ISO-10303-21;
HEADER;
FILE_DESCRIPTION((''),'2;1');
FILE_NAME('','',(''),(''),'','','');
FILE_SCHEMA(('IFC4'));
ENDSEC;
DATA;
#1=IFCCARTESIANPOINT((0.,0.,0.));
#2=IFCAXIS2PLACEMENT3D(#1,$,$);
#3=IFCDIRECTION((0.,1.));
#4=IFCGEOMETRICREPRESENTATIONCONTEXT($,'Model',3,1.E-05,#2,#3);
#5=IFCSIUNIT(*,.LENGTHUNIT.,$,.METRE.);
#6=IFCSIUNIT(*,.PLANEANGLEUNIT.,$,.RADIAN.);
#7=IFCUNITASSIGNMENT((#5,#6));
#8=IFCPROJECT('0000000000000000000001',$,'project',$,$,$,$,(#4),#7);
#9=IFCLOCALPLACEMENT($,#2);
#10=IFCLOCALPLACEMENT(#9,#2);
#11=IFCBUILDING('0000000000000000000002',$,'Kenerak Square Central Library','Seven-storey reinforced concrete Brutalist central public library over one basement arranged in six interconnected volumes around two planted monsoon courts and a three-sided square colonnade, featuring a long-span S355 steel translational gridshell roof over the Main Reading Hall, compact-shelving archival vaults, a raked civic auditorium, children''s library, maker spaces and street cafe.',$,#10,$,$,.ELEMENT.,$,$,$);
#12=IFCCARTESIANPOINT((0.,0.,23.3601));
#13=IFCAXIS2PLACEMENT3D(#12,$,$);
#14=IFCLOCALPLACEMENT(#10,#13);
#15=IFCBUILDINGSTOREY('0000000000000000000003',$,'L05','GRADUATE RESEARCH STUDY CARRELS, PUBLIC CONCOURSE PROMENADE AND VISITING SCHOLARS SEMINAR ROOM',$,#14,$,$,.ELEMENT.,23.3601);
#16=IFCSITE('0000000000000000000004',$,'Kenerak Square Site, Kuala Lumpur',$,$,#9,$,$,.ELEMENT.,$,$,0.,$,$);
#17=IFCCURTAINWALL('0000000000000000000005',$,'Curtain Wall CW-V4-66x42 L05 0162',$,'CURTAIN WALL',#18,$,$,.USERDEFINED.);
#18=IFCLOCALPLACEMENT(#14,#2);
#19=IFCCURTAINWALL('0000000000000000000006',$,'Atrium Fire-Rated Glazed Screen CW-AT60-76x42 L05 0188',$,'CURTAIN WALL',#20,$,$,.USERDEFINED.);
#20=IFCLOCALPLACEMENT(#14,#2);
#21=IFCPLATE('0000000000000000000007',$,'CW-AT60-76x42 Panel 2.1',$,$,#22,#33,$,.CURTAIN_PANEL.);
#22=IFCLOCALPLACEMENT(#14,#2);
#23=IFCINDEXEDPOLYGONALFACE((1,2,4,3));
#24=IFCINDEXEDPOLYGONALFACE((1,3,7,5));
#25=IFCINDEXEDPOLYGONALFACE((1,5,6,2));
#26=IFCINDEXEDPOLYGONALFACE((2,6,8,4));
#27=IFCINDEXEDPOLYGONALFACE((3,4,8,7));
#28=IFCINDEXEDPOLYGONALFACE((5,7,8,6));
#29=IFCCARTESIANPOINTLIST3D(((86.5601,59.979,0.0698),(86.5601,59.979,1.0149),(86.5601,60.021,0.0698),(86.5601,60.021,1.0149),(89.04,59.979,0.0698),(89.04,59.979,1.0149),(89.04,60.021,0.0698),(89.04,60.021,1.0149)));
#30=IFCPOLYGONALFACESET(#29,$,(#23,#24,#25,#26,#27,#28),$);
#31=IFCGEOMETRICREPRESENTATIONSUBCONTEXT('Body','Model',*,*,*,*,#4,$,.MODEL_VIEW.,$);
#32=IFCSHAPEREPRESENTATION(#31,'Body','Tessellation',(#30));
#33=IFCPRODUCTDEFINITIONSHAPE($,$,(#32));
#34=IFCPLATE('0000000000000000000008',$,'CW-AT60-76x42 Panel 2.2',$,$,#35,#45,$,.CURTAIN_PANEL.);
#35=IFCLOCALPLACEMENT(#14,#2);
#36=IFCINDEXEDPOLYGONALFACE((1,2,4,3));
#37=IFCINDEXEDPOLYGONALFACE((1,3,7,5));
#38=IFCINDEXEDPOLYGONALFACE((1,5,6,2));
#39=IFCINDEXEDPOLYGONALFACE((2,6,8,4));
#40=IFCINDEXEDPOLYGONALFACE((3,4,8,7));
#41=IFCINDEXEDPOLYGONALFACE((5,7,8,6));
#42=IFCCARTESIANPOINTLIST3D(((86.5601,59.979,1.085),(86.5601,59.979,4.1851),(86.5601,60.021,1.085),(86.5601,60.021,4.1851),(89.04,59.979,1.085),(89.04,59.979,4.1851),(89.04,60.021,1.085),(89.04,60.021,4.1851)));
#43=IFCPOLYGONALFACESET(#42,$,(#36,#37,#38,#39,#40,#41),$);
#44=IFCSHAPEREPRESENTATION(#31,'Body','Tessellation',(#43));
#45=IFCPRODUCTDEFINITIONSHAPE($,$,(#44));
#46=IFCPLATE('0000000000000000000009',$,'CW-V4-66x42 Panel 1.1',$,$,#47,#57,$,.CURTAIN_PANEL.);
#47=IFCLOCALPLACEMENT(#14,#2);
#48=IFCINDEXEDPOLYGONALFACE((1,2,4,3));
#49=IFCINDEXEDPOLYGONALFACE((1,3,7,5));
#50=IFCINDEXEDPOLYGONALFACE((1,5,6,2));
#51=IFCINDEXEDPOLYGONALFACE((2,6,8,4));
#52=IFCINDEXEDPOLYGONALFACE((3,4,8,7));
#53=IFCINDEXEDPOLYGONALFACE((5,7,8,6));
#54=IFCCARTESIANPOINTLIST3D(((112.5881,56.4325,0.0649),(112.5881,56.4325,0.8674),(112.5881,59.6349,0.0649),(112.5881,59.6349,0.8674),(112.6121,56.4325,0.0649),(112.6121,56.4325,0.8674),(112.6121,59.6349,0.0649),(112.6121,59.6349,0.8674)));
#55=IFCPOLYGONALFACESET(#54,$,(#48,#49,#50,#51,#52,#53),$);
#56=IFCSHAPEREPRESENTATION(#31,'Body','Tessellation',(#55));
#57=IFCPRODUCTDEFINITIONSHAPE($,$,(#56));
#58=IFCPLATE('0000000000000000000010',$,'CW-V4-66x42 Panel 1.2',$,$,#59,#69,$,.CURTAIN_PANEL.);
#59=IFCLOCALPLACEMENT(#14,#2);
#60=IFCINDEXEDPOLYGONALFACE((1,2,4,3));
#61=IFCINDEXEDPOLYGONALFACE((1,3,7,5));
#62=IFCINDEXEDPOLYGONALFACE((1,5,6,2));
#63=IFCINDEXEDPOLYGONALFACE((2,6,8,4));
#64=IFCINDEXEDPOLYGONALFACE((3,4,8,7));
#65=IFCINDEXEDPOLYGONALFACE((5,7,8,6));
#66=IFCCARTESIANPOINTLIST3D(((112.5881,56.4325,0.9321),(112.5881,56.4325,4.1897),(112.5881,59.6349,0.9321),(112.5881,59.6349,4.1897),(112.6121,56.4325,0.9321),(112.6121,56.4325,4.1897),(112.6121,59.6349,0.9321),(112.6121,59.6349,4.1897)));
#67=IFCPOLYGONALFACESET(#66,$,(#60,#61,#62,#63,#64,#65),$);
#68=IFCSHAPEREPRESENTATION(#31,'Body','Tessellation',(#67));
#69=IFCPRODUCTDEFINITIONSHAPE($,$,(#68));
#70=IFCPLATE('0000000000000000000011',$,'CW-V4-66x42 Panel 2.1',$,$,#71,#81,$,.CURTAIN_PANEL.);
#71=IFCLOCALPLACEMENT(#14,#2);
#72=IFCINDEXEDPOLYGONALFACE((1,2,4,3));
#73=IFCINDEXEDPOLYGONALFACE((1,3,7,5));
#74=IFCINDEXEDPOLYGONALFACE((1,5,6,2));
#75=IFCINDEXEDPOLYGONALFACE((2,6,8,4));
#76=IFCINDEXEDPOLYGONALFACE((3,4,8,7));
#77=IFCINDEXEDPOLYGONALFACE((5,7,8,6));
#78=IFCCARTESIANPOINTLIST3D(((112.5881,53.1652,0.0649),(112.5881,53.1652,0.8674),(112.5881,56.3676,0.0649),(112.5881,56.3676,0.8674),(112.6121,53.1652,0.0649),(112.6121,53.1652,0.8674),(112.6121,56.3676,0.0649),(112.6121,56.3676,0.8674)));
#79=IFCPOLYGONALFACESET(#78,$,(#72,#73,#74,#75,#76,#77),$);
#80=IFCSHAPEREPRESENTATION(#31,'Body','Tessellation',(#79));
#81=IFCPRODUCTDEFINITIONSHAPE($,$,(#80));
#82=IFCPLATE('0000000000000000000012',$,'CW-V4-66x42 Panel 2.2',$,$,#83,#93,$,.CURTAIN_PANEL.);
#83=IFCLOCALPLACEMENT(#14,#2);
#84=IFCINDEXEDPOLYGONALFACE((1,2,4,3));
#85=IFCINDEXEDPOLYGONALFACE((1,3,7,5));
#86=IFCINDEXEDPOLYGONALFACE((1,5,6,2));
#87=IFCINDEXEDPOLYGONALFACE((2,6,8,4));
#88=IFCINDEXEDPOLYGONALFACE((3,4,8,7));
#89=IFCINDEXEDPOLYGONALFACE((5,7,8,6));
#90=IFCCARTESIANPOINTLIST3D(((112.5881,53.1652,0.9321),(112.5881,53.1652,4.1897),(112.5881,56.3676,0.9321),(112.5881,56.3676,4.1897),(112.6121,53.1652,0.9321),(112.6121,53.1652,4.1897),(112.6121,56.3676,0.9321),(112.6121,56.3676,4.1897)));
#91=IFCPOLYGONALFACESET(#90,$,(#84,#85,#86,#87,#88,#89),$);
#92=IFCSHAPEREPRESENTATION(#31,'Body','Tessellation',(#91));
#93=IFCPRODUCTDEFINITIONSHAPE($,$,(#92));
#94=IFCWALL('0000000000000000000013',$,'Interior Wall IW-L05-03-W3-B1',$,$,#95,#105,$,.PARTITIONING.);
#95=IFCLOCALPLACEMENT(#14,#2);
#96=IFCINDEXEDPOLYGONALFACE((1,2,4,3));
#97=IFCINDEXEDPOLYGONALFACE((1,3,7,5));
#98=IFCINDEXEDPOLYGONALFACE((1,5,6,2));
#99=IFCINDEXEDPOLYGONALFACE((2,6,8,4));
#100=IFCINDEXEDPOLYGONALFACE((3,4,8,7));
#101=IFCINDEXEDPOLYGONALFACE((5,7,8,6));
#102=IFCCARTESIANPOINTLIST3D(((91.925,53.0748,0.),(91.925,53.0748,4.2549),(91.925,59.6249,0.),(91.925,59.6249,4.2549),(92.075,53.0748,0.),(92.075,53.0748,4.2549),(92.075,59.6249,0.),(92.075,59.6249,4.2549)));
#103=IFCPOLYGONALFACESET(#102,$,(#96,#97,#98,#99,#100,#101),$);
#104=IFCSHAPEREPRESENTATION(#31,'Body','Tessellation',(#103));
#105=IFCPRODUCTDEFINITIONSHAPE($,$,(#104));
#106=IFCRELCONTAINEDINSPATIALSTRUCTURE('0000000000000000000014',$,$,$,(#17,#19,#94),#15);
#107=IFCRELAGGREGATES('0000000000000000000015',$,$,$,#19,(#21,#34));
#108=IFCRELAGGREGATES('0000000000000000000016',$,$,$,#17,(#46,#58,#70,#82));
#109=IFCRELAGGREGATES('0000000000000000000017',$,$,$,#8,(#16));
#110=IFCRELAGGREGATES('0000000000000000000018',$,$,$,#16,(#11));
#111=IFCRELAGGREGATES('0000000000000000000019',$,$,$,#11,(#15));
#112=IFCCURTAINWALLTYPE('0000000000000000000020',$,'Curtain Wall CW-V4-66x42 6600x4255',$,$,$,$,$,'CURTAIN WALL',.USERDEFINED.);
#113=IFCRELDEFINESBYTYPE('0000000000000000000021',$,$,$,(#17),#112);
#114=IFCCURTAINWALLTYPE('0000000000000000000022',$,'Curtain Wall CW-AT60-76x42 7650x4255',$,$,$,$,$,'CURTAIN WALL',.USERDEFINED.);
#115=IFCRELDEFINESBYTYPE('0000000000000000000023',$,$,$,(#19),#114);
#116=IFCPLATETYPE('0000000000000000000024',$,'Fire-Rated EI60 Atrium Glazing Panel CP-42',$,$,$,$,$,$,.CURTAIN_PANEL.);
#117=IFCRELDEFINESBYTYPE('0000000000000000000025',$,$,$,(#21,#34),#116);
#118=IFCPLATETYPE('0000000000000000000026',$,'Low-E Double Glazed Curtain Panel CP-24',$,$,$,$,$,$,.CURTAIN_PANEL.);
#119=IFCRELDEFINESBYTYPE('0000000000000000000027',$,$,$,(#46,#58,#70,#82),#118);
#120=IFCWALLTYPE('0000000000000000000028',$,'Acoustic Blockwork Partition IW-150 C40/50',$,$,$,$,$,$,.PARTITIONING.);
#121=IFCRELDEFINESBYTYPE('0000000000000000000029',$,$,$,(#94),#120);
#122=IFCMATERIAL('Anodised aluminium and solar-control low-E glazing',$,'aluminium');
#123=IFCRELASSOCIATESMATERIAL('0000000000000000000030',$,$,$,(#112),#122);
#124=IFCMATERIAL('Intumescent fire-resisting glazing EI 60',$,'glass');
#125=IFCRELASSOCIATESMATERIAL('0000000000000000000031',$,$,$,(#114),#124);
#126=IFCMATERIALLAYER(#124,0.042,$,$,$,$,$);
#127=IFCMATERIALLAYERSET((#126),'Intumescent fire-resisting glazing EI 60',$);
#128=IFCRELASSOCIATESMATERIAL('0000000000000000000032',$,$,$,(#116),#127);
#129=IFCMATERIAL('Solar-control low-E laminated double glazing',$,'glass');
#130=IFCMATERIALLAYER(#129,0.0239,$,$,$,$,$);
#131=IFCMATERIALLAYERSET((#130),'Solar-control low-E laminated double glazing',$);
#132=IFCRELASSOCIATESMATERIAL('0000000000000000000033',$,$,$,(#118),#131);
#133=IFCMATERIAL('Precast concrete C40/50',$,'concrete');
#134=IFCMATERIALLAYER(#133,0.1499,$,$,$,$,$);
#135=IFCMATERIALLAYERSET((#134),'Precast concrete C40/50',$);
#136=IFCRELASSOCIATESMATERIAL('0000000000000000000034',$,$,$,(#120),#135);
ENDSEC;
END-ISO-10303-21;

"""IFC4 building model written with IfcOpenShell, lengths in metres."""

from ifc_helpers import new_model, si_unit, direction, frame, frame_2d, origin, origin_2d, place, context, subcontext, project, spatial, rectangle, extrude, material, layer, layer_set, type_object, element, aggregate, save


model = new_model("IFC4")

# Units and contexts
model_context = context("Model", 3, precision=1e-05, world=origin(), true_north=direction((0.0, 1.0)))
body_context = subcontext(model_context, "Body", "Model", "MODEL_VIEW")
ifc_project = project(units=[si_unit("LENGTHUNIT", "METRE"), si_unit("PLANEANGLEUNIT", "RADIAN")], contexts=[model_context])

# Site, building, storey
site_placement = place(None, origin())
site = spatial("IfcSite", under=ifc_project, at=site_placement, Name="Kenerak Square Site, Kuala Lumpur", CompositionType="ELEMENT", RefElevation=0.0)
building_placement = place(site_placement, origin())
building = spatial("IfcBuilding", under=site, at=building_placement, Name="Kenerak Square Central Library", Description="Seven-storey reinforced concrete Brutalist central public library over one basement arranged in six interconnected volumes around two planted monsoon courts and a three-sided square colonnade, featuring a long-span S355 steel translational gridshell roof over the Main Reading Hall, compact-shelving archival vaults, a raked civic auditorium, children's library, maker spaces and street cafe.", CompositionType="ELEMENT")
storey_placement = place(building_placement, frame((0.0, 0.0, 23.3601)))
storey = spatial("IfcBuildingStorey", under=building, at=storey_placement, Name="L05", Description="GRADUATE RESEARCH STUDY CARRELS, PUBLIC CONCOURSE PROMENADE AND VISITING SCHOLARS SEMINAR ROOM", CompositionType="ELEMENT", Elevation=23.3601)

# Curtain wall
ifc_material_1 = material(Name="Anodised aluminium and solar-control low-E glazing", Category="aluminium")
curtain_wall_type_1 = type_object("IfcCurtainWallType", Name="Curtain Wall CW-V4-66x42 6600x4255", ElementType="CURTAIN WALL", PredefinedType="USERDEFINED", material=ifc_material_1)
curtain_wall_1_placement = place(storey_placement, origin())
curtain_wall_1 = element("IfcCurtainWall", 1, at=curtain_wall_1_placement, inside=storey, type_object=curtain_wall_type_1, Name="Curtain Wall CW-V4-66x42 L05 0162", ObjectType="CURTAIN WALL", PredefinedType="USERDEFINED")

# Curtain wall, plates
ifc_material_2 = material(Name="Intumescent fire-resisting glazing EI 60", Category="glass")
curtain_wall_type_2 = type_object("IfcCurtainWallType", Name="Curtain Wall CW-AT60-76x42 7650x4255", ElementType="CURTAIN WALL", PredefinedType="USERDEFINED", material=ifc_material_2)
curtain_wall_2_placement = place(storey_placement, origin())
curtain_wall_2 = element("IfcCurtainWall", 2, at=curtain_wall_2_placement, inside=storey, type_object=curtain_wall_type_2, Name="Atrium Fire-Rated Glazed Screen CW-AT60-76x42 L05 0188", ObjectType="CURTAIN WALL", PredefinedType="USERDEFINED")
ifc_layer_1 = layer(ifc_material_2, 0.042)
ifc_layer_set_1 = layer_set([ifc_layer_1], Name="Intumescent fire-resisting glazing EI 60")
plate_type_1 = type_object("IfcPlateType", Name="Fire-Rated EI60 Atrium Glazing Panel CP-42", PredefinedType="CURTAIN_PANEL", material=ifc_layer_set_1)
plate_1_placement = place(storey_placement, frame((87.8, 60.0, 0.0698), z_axis=(0.0, 0.0, 1.0), x_axis=(1.0, 0.0, 0.0)))
plate_1 = element("IfcPlate", 3, at=plate_1_placement, type_object=plate_type_1, Name="CW-AT60-76x42 Panel 2.1", PredefinedType="CURTAIN_PANEL", context=body_context, shape_type="SweptSolid", body=[
    extrude(rectangle(XDim=2.48, YDim=0.042, at=origin_2d()), origin(), (0.0, 0.0, 1.0), 0.9451),
])
plate_2_placement = place(storey_placement, frame((87.8, 60.0, 1.085), z_axis=(0.0, 0.0, 1.0), x_axis=(1.0, 0.0, 0.0)))
plate_2 = element("IfcPlate", 4, at=plate_2_placement, type_object=plate_type_1, Name="CW-AT60-76x42 Panel 2.2", PredefinedType="CURTAIN_PANEL", context=body_context, shape_type="SweptSolid", body=[
    extrude(rectangle(XDim=2.48, YDim=0.042, at=origin_2d()), origin(), (0.0, 0.0, 1.0), 3.1001),
])
aggregate(curtain_wall_2, [plate_1, plate_2])

# Plates
ifc_material_3 = material(Name="Solar-control low-E laminated double glazing", Category="glass")
ifc_layer_2 = layer(ifc_material_3, 0.0239)
ifc_layer_set_2 = layer_set([ifc_layer_2], Name="Solar-control low-E laminated double glazing")
plate_type_2 = type_object("IfcPlateType", Name="Low-E Double Glazed Curtain Panel CP-24", PredefinedType="CURTAIN_PANEL", material=ifc_layer_set_2)
plate_3_placement = place(storey_placement, frame((112.6001, 58.0337, 0.0649), z_axis=(0.0, 0.0, 1.0), x_axis=(0.0, -1.0, 0.0)))
plate_3 = element("IfcPlate", 5, at=plate_3_placement, type_object=plate_type_2, Name="CW-V4-66x42 Panel 1.1", PredefinedType="CURTAIN_PANEL", context=body_context, shape_type="SweptSolid", body=[
    extrude(rectangle(XDim=3.2024, YDim=0.0239, at=origin_2d()), origin(), (0.0, 0.0, 1.0), 0.8025),
])
plate_4_placement = place(storey_placement, frame((112.6001, 58.0337, 0.9321), z_axis=(0.0, 0.0, 1.0), x_axis=(0.0, -1.0, 0.0)))
plate_4 = element("IfcPlate", 6, at=plate_4_placement, type_object=plate_type_2, Name="CW-V4-66x42 Panel 1.2", PredefinedType="CURTAIN_PANEL", context=body_context, shape_type="SweptSolid", body=[
    extrude(rectangle(XDim=3.2024, YDim=0.0239, at=origin_2d()), origin(), (0.0, 0.0, 1.0), 3.2576),
])
plate_5_placement = place(storey_placement, frame((112.6001, 54.7664, 0.0649), z_axis=(0.0, 0.0, 1.0), x_axis=(0.0, -1.0, 0.0)))
plate_5 = element("IfcPlate", 7, at=plate_5_placement, type_object=plate_type_2, Name="CW-V4-66x42 Panel 2.1", PredefinedType="CURTAIN_PANEL", context=body_context, shape_type="SweptSolid", body=[
    extrude(rectangle(XDim=3.2024, YDim=0.0239, at=origin_2d()), origin(), (0.0, 0.0, 1.0), 0.8025),
])
plate_6_placement = place(storey_placement, frame((112.6001, 54.7664, 0.9321), z_axis=(0.0, 0.0, 1.0), x_axis=(0.0, -1.0, 0.0)))
plate_6 = element("IfcPlate", 8, at=plate_6_placement, type_object=plate_type_2, Name="CW-V4-66x42 Panel 2.2", PredefinedType="CURTAIN_PANEL", context=body_context, shape_type="SweptSolid", body=[
    extrude(rectangle(XDim=3.2024, YDim=0.0239, at=origin_2d()), origin(), (0.0, 0.0, 1.0), 3.2576),
])
aggregate(curtain_wall_1, [plate_3, plate_4, plate_5, plate_6])

# Wall
ifc_material_4 = material(Name="Precast concrete C40/50", Category="concrete")
ifc_layer_3 = layer(ifc_material_4, 0.1499)
ifc_layer_set_3 = layer_set([ifc_layer_3], Name="Precast concrete C40/50")
wall_type = type_object("IfcWallType", Name="Acoustic Blockwork Partition IW-150 C40/50", PredefinedType="PARTITIONING", material=ifc_layer_set_3)
wall_placement = place(storey_placement, frame((92.0, 53.075, 0.0), z_axis=(0.0, 0.0, 1.0), x_axis=(0.0, 1.0, 0.0)))
element("IfcWall", 9, at=wall_placement, inside=storey, type_object=wall_type, Name="Interior Wall IW-L05-03-W3-B1", PredefinedType="PARTITIONING", context=body_context, shape_type="SweptSolid", body=[
    extrude(rectangle(XDim=6.55, YDim=0.1499, at=frame_2d((3.2749, 0.0))), origin(), (0.0, 0.0, 1.0), 4.2549),
])

save(model, "model.ifc")
